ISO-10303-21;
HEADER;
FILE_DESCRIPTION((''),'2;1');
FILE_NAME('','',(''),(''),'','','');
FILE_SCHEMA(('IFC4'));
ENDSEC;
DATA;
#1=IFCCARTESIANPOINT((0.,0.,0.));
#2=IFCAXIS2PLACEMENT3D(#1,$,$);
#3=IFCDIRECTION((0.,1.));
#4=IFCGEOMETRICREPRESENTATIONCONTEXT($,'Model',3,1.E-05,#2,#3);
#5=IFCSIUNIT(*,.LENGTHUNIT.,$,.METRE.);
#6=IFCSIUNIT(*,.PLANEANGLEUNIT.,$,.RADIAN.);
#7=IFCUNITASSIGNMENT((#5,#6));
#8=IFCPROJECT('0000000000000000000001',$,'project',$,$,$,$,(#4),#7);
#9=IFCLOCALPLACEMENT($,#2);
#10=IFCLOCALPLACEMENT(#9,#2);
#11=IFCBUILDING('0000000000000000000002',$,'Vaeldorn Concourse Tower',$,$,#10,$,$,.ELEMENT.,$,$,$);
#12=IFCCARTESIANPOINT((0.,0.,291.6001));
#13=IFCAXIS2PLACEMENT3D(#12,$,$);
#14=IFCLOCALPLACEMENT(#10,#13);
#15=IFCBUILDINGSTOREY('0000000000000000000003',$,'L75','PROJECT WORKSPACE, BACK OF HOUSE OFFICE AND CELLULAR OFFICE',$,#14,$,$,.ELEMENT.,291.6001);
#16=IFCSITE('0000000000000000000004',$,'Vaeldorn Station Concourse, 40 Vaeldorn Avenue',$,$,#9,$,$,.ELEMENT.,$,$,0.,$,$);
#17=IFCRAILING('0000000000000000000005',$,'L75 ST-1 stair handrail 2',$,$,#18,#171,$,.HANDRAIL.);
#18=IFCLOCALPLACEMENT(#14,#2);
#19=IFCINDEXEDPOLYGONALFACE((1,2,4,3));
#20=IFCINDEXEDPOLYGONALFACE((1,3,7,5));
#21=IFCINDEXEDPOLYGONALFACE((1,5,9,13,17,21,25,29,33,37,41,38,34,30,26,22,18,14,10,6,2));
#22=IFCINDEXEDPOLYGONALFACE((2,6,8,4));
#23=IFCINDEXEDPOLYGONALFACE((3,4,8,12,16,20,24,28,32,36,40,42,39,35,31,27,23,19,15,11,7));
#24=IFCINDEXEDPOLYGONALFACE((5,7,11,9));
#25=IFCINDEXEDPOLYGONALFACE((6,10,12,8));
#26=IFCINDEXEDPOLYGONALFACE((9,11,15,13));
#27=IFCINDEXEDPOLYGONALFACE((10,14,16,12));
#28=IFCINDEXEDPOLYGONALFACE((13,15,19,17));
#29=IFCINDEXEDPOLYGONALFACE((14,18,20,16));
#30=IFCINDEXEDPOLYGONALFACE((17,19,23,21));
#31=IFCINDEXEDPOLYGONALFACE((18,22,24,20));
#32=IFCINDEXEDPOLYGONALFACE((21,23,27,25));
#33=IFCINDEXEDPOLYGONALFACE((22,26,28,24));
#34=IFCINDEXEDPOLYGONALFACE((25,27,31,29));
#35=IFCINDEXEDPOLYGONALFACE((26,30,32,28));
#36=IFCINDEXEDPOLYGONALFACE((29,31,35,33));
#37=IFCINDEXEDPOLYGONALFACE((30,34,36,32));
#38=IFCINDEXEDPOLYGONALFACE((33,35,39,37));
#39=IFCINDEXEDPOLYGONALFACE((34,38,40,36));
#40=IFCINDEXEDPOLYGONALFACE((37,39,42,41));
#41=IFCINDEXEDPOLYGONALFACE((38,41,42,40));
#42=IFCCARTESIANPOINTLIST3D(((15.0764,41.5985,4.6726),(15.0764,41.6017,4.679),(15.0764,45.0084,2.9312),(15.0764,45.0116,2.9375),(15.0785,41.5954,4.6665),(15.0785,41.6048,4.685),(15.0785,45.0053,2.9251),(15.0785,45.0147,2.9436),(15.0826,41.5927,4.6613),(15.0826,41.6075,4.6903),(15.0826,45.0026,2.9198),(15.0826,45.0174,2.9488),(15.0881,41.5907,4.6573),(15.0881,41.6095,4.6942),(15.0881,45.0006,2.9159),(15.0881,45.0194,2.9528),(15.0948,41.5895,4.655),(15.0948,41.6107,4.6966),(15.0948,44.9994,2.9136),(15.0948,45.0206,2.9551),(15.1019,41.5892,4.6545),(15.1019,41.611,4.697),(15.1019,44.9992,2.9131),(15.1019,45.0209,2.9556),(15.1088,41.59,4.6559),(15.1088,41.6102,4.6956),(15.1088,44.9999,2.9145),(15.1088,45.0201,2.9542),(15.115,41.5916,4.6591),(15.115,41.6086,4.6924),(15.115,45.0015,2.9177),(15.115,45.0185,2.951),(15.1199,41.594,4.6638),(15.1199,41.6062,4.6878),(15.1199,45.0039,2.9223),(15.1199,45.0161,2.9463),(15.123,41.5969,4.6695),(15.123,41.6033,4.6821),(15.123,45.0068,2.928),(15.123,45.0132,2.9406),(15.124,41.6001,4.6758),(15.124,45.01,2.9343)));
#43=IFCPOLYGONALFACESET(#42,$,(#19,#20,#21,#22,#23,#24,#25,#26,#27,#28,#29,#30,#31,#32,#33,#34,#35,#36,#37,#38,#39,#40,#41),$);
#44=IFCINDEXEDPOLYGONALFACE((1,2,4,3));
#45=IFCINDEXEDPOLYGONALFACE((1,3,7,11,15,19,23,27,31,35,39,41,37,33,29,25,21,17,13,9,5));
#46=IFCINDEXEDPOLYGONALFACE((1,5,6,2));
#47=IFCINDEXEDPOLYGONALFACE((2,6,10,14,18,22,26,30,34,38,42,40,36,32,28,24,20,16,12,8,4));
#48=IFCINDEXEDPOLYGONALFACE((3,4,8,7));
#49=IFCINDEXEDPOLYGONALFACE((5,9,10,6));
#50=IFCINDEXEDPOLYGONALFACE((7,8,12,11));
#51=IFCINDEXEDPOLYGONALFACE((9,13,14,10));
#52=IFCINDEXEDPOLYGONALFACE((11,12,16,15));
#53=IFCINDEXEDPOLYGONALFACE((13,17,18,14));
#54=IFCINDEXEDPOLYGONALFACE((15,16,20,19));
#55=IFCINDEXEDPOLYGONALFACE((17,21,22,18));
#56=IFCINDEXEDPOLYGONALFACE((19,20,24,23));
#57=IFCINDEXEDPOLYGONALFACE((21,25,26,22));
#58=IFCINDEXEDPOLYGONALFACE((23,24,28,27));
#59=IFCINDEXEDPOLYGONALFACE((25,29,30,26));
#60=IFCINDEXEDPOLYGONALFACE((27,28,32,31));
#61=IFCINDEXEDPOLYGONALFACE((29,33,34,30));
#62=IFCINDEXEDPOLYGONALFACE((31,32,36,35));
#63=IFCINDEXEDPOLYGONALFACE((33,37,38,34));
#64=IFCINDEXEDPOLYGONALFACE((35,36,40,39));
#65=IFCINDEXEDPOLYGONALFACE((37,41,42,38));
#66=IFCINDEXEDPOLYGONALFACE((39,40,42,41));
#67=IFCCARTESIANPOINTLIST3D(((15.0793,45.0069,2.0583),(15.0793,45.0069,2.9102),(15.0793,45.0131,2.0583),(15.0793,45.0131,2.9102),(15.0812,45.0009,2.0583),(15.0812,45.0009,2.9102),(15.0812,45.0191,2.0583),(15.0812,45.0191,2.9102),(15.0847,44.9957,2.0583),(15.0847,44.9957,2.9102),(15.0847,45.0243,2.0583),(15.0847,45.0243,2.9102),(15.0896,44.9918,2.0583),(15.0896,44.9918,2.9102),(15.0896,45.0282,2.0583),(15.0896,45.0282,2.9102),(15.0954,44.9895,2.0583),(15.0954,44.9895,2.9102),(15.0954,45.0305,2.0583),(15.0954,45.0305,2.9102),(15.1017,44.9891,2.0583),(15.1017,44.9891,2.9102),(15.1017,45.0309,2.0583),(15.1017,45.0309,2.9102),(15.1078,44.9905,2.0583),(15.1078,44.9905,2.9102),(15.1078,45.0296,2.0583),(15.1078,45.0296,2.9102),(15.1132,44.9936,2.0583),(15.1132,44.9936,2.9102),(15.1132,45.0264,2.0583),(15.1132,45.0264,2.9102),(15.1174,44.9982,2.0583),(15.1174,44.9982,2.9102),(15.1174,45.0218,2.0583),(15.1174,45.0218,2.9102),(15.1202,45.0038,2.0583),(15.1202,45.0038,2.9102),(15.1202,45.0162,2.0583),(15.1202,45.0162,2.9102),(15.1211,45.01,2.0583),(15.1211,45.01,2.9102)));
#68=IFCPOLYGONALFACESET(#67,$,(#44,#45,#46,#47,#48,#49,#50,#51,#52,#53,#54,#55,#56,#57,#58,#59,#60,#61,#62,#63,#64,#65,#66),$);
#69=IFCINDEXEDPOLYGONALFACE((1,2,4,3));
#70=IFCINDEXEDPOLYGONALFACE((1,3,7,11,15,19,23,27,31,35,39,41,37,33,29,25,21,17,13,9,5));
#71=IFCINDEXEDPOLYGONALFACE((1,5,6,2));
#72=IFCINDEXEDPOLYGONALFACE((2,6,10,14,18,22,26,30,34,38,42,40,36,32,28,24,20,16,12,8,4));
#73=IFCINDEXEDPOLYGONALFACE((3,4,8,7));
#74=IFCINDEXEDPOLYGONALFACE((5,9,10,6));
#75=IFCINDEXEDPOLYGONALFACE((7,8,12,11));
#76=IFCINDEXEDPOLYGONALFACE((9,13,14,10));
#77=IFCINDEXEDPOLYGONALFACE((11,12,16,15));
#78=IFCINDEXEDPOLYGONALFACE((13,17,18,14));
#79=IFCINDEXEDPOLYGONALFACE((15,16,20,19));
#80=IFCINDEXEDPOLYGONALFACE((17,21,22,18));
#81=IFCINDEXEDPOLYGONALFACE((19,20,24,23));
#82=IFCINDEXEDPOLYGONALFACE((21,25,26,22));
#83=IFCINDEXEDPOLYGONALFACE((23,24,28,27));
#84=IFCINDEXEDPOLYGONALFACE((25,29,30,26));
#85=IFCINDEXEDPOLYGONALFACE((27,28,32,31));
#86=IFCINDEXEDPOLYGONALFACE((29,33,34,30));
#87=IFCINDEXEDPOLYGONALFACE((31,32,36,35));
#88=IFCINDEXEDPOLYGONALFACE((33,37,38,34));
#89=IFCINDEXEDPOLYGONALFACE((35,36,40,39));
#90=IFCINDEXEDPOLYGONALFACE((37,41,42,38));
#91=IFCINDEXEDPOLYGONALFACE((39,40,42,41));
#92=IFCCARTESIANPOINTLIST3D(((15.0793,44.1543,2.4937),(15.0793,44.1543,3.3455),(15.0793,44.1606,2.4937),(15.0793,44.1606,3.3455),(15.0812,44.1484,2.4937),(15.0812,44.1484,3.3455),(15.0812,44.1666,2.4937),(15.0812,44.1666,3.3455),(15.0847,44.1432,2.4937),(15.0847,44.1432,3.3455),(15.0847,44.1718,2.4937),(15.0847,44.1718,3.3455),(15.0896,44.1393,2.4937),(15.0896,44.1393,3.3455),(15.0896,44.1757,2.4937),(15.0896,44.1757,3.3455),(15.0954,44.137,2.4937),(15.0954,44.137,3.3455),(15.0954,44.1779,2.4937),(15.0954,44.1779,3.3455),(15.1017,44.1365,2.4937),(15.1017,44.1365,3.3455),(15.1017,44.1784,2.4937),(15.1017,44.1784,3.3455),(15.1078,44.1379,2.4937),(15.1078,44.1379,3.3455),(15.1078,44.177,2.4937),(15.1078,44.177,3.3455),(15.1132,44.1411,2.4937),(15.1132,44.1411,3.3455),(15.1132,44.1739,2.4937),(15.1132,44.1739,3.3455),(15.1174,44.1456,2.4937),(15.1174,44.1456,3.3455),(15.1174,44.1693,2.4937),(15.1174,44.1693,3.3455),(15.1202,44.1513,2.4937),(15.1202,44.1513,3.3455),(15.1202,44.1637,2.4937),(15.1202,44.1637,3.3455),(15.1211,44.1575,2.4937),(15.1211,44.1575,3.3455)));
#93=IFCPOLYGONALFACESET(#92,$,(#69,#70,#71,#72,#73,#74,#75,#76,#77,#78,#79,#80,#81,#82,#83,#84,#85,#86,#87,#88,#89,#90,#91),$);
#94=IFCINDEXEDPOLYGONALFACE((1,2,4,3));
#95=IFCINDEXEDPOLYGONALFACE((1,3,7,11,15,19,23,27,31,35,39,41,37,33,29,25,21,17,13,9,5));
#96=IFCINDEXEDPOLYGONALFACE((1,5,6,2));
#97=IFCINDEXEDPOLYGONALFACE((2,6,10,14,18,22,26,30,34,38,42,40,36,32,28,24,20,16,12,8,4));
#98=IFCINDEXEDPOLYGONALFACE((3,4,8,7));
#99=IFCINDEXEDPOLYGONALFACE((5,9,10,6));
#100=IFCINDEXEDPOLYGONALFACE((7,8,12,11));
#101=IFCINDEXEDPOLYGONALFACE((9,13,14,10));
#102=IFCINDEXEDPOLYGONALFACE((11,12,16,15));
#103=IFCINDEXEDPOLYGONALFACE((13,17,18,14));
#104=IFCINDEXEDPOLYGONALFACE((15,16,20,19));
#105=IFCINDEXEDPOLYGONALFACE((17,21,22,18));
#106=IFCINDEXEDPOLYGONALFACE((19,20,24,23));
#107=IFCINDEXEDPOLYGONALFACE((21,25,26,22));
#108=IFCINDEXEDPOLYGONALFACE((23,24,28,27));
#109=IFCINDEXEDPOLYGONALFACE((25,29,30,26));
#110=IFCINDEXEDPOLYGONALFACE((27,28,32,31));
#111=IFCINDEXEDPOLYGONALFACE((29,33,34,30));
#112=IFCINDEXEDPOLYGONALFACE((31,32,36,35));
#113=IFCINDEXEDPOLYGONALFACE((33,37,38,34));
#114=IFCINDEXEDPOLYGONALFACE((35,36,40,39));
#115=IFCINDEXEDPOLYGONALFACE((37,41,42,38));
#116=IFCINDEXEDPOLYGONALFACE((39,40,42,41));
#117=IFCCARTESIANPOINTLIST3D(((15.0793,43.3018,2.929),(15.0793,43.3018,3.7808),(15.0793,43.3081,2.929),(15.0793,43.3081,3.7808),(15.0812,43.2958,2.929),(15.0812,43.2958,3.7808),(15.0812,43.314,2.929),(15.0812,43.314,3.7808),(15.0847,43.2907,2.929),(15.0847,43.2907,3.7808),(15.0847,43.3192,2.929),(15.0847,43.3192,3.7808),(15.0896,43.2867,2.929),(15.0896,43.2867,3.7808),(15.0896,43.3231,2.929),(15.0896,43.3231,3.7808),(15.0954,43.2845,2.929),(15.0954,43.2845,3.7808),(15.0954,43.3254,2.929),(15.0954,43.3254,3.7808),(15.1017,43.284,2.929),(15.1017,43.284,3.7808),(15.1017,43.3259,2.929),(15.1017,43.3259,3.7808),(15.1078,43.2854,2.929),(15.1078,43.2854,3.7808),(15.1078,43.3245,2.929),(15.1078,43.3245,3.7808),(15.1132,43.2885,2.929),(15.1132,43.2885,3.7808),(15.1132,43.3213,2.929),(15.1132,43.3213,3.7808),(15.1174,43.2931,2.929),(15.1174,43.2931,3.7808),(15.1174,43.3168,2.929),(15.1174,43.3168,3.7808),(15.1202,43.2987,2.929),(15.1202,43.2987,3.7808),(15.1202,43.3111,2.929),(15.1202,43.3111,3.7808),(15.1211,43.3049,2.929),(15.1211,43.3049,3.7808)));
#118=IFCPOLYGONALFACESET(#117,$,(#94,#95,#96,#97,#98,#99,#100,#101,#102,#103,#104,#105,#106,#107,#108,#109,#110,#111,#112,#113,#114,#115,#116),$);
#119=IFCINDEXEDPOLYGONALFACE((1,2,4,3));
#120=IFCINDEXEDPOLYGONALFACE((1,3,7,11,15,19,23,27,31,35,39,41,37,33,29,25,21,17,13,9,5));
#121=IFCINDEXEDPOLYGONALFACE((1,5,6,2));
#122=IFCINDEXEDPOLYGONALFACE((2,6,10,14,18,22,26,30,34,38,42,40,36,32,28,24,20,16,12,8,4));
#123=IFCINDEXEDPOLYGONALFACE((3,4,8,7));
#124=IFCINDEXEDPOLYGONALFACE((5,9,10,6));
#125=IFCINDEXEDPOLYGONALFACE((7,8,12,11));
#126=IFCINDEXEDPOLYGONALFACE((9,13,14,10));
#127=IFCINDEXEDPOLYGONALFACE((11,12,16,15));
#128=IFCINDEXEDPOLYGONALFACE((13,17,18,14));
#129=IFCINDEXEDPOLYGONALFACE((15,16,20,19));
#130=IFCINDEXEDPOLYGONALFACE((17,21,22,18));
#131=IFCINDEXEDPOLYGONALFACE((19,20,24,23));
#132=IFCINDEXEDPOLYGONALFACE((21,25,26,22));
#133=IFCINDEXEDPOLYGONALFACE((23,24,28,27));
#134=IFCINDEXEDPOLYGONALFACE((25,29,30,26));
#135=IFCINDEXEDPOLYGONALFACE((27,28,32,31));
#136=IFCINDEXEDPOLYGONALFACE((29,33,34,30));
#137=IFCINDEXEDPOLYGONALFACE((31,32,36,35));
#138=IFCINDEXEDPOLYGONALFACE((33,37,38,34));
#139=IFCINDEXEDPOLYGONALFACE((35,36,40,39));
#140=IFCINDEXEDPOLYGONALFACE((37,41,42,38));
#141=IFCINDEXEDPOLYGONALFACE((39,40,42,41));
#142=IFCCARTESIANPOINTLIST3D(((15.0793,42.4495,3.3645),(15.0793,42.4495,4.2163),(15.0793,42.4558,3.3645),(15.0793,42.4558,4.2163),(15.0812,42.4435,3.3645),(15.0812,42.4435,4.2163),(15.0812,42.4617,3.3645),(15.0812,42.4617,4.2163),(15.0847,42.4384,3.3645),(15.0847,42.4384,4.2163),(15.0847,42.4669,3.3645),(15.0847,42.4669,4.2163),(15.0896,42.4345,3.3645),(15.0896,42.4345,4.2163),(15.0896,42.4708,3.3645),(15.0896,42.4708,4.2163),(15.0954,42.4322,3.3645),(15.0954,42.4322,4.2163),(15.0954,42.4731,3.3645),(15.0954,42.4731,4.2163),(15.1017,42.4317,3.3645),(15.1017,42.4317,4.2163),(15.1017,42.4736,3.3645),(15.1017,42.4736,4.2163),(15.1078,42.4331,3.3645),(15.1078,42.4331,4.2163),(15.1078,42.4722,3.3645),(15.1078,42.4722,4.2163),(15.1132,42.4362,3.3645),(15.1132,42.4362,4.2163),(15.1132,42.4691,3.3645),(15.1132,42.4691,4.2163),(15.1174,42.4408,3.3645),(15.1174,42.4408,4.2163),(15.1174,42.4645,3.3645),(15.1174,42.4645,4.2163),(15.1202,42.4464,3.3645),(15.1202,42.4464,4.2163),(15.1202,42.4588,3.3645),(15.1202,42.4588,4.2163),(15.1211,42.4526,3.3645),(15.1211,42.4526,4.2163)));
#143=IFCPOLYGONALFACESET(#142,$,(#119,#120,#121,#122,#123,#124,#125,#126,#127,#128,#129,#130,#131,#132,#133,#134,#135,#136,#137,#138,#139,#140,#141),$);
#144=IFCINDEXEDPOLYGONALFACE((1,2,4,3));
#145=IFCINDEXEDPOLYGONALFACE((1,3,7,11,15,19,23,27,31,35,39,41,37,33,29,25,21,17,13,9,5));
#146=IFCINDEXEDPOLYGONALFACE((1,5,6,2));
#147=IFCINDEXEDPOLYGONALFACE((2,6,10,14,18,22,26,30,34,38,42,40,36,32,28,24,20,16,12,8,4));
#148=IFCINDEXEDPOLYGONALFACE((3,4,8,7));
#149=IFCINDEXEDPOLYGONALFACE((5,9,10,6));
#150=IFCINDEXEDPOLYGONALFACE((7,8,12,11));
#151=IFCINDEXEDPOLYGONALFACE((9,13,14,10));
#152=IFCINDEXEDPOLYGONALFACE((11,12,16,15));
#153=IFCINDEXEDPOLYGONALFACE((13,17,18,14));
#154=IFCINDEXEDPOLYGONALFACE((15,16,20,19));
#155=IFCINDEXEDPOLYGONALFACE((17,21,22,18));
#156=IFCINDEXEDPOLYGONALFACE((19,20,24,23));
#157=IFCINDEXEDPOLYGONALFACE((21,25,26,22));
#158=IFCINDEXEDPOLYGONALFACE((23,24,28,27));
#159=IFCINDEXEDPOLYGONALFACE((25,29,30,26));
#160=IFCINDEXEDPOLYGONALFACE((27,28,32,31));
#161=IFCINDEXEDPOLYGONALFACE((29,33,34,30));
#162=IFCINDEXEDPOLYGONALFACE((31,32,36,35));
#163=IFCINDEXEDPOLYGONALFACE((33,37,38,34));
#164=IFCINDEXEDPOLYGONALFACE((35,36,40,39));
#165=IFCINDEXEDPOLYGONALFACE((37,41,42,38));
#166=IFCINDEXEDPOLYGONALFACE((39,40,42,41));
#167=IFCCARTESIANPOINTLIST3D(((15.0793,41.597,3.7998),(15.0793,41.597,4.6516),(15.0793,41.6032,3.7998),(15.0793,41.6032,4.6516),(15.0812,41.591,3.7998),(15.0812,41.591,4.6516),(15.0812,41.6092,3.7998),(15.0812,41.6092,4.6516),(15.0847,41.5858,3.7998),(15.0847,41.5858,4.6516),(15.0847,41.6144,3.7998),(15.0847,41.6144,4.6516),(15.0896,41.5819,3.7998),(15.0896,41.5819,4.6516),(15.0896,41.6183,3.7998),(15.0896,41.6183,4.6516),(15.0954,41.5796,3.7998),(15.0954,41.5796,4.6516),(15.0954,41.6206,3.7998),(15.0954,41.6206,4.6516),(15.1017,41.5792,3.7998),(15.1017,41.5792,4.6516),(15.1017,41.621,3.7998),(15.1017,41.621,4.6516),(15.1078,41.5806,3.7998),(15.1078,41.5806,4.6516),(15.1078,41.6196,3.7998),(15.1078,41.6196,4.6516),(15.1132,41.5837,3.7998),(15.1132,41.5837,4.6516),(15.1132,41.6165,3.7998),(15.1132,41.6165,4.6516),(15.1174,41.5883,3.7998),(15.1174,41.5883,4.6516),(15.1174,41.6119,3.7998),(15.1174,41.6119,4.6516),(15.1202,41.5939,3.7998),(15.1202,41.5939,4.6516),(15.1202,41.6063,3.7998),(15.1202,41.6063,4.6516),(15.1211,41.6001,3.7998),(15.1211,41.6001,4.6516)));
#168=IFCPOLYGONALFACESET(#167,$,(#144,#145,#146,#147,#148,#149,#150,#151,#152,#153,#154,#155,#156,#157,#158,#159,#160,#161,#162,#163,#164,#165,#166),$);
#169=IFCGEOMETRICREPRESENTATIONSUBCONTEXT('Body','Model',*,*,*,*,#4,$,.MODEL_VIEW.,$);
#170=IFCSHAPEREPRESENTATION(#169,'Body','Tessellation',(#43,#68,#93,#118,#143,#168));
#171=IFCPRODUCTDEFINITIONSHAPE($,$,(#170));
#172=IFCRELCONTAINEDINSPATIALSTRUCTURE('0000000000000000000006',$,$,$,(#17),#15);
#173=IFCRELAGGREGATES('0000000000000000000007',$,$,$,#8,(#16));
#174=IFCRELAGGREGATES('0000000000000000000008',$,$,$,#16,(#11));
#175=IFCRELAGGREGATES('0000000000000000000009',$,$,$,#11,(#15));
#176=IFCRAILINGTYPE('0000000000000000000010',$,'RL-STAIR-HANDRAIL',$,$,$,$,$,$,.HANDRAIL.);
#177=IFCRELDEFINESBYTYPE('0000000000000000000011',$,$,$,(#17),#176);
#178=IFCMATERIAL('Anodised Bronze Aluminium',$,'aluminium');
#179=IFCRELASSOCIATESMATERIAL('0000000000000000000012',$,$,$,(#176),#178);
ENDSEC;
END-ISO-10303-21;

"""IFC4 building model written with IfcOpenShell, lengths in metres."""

from ifc_helpers import new_model, si_unit, direction, frame, origin, origin_2d, place, context, subcontext, project, spatial, circle, extrude, material, type_object, element, save


model = new_model("IFC4")

# Units and contexts
model_context = context("Model", 3, precision=1e-05, world=origin(), true_north=direction((0.0, 1.0)))
body_context = subcontext(model_context, "Body", "Model", "MODEL_VIEW")
ifc_project = project(units=[si_unit("LENGTHUNIT", "METRE"), si_unit("PLANEANGLEUNIT", "RADIAN")], contexts=[model_context])

# Site, building, storey
site_placement = place(None, origin())
site = spatial("IfcSite", under=ifc_project, at=site_placement, Name="Vaeldorn Station Concourse, 40 Vaeldorn Avenue", CompositionType="ELEMENT", RefElevation=0.0)
building_placement = place(site_placement, origin())
building = spatial("IfcBuilding", under=site, at=building_placement, Name="Vaeldorn Concourse Tower", CompositionType="ELEMENT")
storey_placement = place(building_placement, frame((0.0, 0.0, 291.6001)))
storey = spatial("IfcBuildingStorey", under=building, at=storey_placement, Name="L75", Description="PROJECT WORKSPACE, BACK OF HOUSE OFFICE AND CELLULAR OFFICE", CompositionType="ELEMENT", Elevation=291.6001)

# Shared definitions
ifc_material_1 = material(Name="Anodised Bronze Aluminium", Category="aluminium")

# Railing
railing_type_1 = type_object("IfcRailingType", Name="RL-STAIR-HANDRAIL", PredefinedType="HANDRAIL", material=ifc_material_1)
railing_1_placement = place(storey_placement, frame((15.1001, 45.01, 2.0583)))
element("IfcRailing", 1, at=railing_1_placement, inside=storey, type_object=railing_type_1, Name="L75 ST-1 stair handrail 2", PredefinedType="HANDRAIL", context=body_context, shape_type="SweptSolid", body=[
    extrude(circle(Radius=0.0239, at=origin_2d()), frame((0.0, 0.0, 0.876), z_axis=(0.0, -0.890582, 0.454823), x_axis=(1.0, 0.0, 0.0)), (0.0, 0.0, 1.0), 3.8289),
    extrude(circle(Radius=0.021, at=origin_2d()), origin(), (0.0, 0.0, 1.0), 0.8518),
    extrude(circle(Radius=0.021, at=origin_2d()), frame((0.0, -0.8525, 0.4353)), (0.0, 0.0, 1.0), 0.8518),
    extrude(circle(Radius=0.021, at=origin_2d()), frame((0.0, -1.7051, 0.8706)), (0.0, 0.0, 1.0), 0.8518),
    extrude(circle(Radius=0.021, at=origin_2d()), frame((0.0, -2.5574, 1.3062)), (0.0, 0.0, 1.0), 0.8518),
    extrude(circle(Radius=0.021, at=origin_2d()), frame((0.0, -3.4099, 1.7415)), (0.0, 0.0, 1.0), 0.8518),
])

save(model, "model.ifc")
